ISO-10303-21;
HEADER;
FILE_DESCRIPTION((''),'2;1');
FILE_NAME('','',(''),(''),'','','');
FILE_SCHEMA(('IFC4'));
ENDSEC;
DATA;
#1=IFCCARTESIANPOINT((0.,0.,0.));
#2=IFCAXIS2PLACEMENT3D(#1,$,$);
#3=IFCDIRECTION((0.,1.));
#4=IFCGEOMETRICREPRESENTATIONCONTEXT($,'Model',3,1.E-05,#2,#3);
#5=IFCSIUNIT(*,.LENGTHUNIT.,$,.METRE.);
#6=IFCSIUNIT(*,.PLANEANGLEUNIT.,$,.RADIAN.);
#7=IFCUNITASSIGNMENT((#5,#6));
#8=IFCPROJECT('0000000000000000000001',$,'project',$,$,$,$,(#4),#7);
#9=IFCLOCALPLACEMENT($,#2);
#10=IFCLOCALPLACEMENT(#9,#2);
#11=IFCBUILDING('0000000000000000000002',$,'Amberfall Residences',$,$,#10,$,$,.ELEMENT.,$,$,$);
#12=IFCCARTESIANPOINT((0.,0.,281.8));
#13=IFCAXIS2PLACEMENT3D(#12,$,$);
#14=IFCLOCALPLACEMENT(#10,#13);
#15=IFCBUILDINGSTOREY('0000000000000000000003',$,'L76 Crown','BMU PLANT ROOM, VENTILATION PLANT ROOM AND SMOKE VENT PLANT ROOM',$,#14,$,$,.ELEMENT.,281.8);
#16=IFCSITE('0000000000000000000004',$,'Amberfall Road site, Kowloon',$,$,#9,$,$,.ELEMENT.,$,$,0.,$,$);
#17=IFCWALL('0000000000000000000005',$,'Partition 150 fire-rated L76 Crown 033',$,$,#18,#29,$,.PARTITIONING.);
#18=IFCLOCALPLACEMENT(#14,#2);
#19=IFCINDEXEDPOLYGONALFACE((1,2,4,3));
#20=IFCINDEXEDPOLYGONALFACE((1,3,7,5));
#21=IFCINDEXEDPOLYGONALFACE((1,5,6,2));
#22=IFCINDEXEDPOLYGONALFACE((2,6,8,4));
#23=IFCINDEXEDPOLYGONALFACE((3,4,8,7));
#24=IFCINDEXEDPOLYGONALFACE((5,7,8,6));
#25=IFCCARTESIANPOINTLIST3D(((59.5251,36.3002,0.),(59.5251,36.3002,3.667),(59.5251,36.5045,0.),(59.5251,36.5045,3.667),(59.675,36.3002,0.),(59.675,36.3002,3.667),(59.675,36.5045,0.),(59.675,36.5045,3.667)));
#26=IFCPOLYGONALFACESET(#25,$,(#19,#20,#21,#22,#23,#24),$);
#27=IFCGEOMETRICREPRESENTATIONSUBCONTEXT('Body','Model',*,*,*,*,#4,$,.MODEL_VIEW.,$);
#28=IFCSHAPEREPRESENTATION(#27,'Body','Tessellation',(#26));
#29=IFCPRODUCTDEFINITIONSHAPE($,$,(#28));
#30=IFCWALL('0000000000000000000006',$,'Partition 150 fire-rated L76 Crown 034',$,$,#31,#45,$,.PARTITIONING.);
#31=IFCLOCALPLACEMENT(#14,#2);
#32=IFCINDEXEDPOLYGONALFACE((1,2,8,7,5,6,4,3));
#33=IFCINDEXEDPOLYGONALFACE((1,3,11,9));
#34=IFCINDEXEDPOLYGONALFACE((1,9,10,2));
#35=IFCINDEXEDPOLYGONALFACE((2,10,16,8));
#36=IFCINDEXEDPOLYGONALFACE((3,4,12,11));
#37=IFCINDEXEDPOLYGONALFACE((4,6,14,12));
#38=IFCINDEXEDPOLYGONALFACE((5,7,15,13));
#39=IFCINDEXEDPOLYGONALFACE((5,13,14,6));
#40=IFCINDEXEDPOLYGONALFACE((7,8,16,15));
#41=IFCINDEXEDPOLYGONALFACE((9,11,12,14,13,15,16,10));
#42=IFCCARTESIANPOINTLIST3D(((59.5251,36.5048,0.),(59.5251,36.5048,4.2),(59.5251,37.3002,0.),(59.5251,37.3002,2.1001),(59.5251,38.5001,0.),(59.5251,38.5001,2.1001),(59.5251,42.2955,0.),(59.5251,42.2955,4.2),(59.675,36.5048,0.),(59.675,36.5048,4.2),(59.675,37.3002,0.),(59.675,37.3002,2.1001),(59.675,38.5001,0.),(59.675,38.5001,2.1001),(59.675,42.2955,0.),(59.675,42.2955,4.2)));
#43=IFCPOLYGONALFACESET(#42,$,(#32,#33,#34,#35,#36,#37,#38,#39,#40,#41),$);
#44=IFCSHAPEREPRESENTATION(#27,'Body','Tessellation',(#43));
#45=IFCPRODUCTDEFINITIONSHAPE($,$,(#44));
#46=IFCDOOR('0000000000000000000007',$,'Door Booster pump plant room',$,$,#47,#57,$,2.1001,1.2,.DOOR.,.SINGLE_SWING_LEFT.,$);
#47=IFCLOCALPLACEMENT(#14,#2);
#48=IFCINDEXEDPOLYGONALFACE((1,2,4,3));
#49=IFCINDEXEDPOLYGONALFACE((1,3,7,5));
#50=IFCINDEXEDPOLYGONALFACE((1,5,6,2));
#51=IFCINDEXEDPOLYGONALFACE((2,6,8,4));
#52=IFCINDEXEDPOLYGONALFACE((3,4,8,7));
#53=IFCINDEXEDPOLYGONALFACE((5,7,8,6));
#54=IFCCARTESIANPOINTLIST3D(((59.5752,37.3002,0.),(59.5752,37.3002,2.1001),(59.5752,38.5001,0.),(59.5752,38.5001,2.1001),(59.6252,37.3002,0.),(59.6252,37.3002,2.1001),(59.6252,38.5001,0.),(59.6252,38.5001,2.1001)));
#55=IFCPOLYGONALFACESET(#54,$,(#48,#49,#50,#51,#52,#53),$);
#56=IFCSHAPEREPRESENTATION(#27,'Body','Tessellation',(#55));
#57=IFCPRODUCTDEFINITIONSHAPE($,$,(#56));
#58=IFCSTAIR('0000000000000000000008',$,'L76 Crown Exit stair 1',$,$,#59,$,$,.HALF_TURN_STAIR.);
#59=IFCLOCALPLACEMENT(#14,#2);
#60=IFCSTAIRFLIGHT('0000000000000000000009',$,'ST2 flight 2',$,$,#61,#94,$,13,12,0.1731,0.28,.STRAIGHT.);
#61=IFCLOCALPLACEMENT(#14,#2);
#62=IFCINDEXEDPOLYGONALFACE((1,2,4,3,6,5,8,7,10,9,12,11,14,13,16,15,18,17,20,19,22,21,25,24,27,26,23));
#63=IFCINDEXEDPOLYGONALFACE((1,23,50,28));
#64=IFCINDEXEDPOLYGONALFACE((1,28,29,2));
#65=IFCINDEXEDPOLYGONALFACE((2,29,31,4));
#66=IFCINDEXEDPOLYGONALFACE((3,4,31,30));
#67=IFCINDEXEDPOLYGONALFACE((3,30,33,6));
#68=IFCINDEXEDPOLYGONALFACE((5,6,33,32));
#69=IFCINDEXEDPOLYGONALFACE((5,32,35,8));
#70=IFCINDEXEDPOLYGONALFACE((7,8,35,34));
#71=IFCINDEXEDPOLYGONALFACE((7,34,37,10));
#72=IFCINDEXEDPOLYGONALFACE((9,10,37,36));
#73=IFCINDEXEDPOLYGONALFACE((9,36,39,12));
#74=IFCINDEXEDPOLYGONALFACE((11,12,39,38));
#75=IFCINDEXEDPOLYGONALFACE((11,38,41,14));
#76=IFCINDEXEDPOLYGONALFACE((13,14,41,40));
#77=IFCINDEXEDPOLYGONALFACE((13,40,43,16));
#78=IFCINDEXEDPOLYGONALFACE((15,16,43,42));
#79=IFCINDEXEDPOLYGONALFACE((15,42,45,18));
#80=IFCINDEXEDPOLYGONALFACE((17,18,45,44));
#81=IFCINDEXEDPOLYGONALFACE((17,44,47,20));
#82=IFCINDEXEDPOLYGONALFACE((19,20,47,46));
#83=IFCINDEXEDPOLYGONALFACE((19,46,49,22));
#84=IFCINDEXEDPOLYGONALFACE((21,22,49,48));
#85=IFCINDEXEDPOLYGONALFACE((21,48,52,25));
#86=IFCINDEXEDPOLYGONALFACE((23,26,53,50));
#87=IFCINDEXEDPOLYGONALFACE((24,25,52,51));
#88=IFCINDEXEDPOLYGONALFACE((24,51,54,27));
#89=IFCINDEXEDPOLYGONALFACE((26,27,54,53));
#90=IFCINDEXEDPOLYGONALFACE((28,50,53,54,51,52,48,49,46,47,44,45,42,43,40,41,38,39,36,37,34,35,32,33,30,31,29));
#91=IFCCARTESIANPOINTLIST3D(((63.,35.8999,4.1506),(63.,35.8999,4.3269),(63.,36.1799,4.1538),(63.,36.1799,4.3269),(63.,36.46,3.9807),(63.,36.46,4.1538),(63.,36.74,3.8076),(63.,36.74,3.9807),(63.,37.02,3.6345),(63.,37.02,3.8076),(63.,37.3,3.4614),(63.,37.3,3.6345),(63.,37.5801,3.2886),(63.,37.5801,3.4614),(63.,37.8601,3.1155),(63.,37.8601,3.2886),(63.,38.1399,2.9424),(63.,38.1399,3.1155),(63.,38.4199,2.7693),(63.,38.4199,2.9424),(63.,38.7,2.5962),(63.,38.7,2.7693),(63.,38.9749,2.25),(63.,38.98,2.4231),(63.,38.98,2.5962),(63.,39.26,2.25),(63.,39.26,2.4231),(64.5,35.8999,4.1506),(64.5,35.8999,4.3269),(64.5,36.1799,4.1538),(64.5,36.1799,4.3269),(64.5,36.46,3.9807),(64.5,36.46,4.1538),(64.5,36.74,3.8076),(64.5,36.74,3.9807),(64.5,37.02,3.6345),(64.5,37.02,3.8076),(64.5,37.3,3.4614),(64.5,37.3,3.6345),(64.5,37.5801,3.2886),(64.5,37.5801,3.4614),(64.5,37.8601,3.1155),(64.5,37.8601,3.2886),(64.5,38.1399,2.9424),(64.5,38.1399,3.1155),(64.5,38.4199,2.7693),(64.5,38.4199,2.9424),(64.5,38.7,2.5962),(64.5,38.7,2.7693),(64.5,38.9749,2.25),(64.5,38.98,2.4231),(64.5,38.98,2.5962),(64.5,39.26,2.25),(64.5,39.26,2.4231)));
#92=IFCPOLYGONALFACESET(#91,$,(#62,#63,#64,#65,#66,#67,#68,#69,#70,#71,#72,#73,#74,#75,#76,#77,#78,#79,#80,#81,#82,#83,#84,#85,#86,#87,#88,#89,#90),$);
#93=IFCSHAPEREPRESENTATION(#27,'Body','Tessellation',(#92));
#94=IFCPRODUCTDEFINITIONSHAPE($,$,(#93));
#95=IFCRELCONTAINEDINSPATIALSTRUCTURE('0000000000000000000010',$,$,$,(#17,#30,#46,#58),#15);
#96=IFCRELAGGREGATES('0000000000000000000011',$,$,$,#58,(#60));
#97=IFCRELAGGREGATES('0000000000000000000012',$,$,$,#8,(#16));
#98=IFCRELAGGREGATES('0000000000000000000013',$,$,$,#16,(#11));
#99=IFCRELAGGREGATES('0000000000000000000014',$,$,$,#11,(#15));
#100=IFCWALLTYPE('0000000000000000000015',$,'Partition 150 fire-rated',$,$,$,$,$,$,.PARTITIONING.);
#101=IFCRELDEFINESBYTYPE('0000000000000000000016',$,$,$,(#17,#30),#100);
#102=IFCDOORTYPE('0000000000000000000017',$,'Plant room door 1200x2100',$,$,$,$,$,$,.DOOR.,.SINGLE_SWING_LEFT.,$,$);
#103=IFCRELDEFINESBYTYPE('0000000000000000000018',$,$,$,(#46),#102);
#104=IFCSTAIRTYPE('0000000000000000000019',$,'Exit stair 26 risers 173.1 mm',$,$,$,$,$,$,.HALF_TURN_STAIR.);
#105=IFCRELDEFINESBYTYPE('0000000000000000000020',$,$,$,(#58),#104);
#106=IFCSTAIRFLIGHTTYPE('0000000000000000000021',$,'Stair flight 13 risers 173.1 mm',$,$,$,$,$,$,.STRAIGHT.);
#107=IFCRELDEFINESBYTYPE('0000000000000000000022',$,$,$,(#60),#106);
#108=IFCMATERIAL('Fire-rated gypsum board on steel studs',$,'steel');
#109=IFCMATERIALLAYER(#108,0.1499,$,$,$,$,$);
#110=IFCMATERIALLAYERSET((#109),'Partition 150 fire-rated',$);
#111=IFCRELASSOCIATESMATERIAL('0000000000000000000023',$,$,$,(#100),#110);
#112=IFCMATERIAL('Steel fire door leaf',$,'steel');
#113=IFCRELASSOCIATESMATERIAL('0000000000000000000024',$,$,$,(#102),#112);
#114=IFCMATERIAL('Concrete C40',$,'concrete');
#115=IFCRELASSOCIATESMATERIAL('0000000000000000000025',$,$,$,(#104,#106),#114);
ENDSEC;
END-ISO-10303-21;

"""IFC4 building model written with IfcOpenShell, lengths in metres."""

from ifc_helpers import new_model, si_unit, direction, frame, frame_2d, origin, place, context, subcontext, project, spatial, polyline, rectangle, outline, extrude, material, layer, layer_set, type_object, element, fill, aggregate, save


model = new_model("IFC4")

# Units and contexts
model_context = context("Model", 3, precision=1e-05, world=origin(), true_north=direction((0.0, 1.0)))
body_context = subcontext(model_context, "Body", "Model", "MODEL_VIEW")
ifc_project = project(units=[si_unit("LENGTHUNIT", "METRE"), si_unit("PLANEANGLEUNIT", "RADIAN")], contexts=[model_context])

# Site, building, storey
site_placement = place(None, origin())
site = spatial("IfcSite", under=ifc_project, at=site_placement, Name="Amberfall Road site, Kowloon", CompositionType="ELEMENT", RefElevation=0.0)
building_placement = place(site_placement, origin())
building = spatial("IfcBuilding", under=site, at=building_placement, Name="Amberfall Residences", CompositionType="ELEMENT")
storey_placement = place(building_placement, frame((0.0, 0.0, 281.8)))
storey = spatial("IfcBuildingStorey", under=building, at=storey_placement, Name="L76 Crown", Description="BMU PLANT ROOM, VENTILATION PLANT ROOM AND SMOKE VENT PLANT ROOM", CompositionType="ELEMENT", Elevation=281.8)

# Wall
ifc_material_1 = material(Name="Fire-rated gypsum board on steel studs", Category="steel")
ifc_layer_1 = layer(ifc_material_1, 0.1499)
ifc_layer_set_1 = layer_set([ifc_layer_1], Name="Partition 150 fire-rated")
wall_type_1 = type_object("IfcWallType", Name="Partition 150 fire-rated", PredefinedType="PARTITIONING", material=ifc_layer_set_1)
wall_1_placement = place(storey_placement, frame((59.6001, 36.3003, 0.0), z_axis=(0.0, 0.0, 1.0), x_axis=(0.0, 1.0, 0.0)))
element("IfcWall", 1, at=wall_1_placement, inside=storey, type_object=wall_type_1, Name="Partition 150 fire-rated L76 Crown 033", PredefinedType="PARTITIONING", context=body_context, shape_type="SweptSolid", body=[
    extrude(rectangle(XDim=0.2043, YDim=0.1499, at=frame_2d((0.1021, 0.0))), origin(), (0.0, 0.0, 1.0), 3.667),
])

# Wall, opening, door
wall_2_placement = place(storey_placement, frame((59.6001, 36.5046, 0.0), z_axis=(0.0, 0.0, 1.0), x_axis=(0.0, 1.0, 0.0)))
wall_2 = element("IfcWall", 2, at=wall_2_placement, inside=storey, type_object=wall_type_1, Name="Partition 150 fire-rated L76 Crown 034", PredefinedType="PARTITIONING", context=body_context, shape_type="SweptSolid", body=[
    extrude(rectangle(XDim=5.7908, YDim=0.1499, at=frame_2d((2.8955, 0.0))), origin(), (0.0, 0.0, 1.0), 4.2),
])
opening_1_placement = place(wall_2_placement, frame((0.7954, 0.0, 0.0)))
opening_1 = element("IfcOpeningElement", 3, at=opening_1_placement, cuts=wall_2, PredefinedType="OPENING", context=body_context, shape_type="SweptSolid", body=[
    extrude(rectangle(XDim=1.2, YDim=2.1001, at=frame_2d((0.6001, 1.05))), frame((0.0, 0.085, 0.0), z_axis=(0.0, -1.0, 0.0), x_axis=(1.0, 0.0, 0.0)), (0.0, 0.0, 1.0), 0.1699),
])
ifc_material_2 = material(Name="Steel fire door leaf", Category="steel")
door_type_1 = type_object("IfcDoorType", Name="Plant room door 1200x2100", OperationType="SINGLE_SWING_LEFT", PredefinedType="DOOR", material=ifc_material_2)
door_1_placement = place(opening_1_placement, origin())
door_1 = element("IfcDoor", 4, at=door_1_placement, inside=storey, type_object=door_type_1, Name="Door Booster pump plant room", OperationType="SINGLE_SWING_LEFT", OverallHeight=2.1001, OverallWidth=1.2, PredefinedType="DOOR", context=body_context, shape_type="SweptSolid", body=[
    extrude(rectangle(XDim=1.2, YDim=2.1001, at=frame_2d((0.6001, 1.05))), frame((0.0, 0.0249, 0.0), z_axis=(0.0, -1.0, 0.0), x_axis=(1.0, 0.0, 0.0)), (0.0, 0.0, 1.0), 0.05),
])
fill(opening_1, door_1)

# Stair, stair flight
ifc_material_3 = material(Name="Concrete C40", Category="concrete")
stair_type = type_object("IfcStairType", Name="Exit stair 26 risers 173.1 mm", PredefinedType="HALF_TURN_STAIR", material=ifc_material_3)
stair_placement = place(storey_placement, origin())
stair = element("IfcStair", 5, at=stair_placement, inside=storey, type_object=stair_type, Name="L76 Crown Exit stair 1", PredefinedType="HALF_TURN_STAIR")
stair_flight_type = type_object("IfcStairFlightType", Name="Stair flight 13 risers 173.1 mm", PredefinedType="STRAIGHT", material=ifc_material_3)
stair_flight_placement = place(storey_placement, frame((63.75, 39.26, 2.25), z_axis=(0.0, 0.0, 1.0), x_axis=(0.0, -1.0, 0.0)))
stair_flight = element("IfcStairFlight", 6, at=stair_flight_placement, type_object=stair_flight_type, Name="ST2 flight 2", NumberOfRisers=13, NumberOfTreads=12, PredefinedType="STRAIGHT", RiserHeight=0.1731, TreadLength=0.28, context=body_context, shape_type="SweptSolid", body=[
    extrude(outline(polyline([(0.0, 0.0), (0.0, 0.1731), (0.28, 0.1731), (0.28, 0.3462), (0.5601, 0.3462), (0.5601, 0.5193), (0.8401, 0.5193), (0.8401, 0.6924), (1.1201, 0.6924), (1.1201, 0.8655), (1.3999, 0.8655), (1.3999, 1.0386), (1.6799, 1.0386), (1.6799, 1.2114), (1.96, 1.2114), (1.96, 1.3845), (2.24, 1.3845), (2.24, 1.5576), (2.52, 1.5576), (2.52, 1.7307), (2.8, 1.7307), (2.8, 1.9038), (3.0801, 1.9038), (3.0801, 2.0769), (3.3601, 2.0769), (3.3601, 2.25), (3.3601, 1.9006), (0.2852, 0.0), (0.0, 0.0)])), frame((0.0, 0.75, 0.0), z_axis=(0.0, -1.0, 0.0), x_axis=(1.0, 0.0, 0.0)), (0.0, 0.0, 1.0), 1.5),
])
aggregate(stair, [stair_flight])

save(model, "model.ifc")
